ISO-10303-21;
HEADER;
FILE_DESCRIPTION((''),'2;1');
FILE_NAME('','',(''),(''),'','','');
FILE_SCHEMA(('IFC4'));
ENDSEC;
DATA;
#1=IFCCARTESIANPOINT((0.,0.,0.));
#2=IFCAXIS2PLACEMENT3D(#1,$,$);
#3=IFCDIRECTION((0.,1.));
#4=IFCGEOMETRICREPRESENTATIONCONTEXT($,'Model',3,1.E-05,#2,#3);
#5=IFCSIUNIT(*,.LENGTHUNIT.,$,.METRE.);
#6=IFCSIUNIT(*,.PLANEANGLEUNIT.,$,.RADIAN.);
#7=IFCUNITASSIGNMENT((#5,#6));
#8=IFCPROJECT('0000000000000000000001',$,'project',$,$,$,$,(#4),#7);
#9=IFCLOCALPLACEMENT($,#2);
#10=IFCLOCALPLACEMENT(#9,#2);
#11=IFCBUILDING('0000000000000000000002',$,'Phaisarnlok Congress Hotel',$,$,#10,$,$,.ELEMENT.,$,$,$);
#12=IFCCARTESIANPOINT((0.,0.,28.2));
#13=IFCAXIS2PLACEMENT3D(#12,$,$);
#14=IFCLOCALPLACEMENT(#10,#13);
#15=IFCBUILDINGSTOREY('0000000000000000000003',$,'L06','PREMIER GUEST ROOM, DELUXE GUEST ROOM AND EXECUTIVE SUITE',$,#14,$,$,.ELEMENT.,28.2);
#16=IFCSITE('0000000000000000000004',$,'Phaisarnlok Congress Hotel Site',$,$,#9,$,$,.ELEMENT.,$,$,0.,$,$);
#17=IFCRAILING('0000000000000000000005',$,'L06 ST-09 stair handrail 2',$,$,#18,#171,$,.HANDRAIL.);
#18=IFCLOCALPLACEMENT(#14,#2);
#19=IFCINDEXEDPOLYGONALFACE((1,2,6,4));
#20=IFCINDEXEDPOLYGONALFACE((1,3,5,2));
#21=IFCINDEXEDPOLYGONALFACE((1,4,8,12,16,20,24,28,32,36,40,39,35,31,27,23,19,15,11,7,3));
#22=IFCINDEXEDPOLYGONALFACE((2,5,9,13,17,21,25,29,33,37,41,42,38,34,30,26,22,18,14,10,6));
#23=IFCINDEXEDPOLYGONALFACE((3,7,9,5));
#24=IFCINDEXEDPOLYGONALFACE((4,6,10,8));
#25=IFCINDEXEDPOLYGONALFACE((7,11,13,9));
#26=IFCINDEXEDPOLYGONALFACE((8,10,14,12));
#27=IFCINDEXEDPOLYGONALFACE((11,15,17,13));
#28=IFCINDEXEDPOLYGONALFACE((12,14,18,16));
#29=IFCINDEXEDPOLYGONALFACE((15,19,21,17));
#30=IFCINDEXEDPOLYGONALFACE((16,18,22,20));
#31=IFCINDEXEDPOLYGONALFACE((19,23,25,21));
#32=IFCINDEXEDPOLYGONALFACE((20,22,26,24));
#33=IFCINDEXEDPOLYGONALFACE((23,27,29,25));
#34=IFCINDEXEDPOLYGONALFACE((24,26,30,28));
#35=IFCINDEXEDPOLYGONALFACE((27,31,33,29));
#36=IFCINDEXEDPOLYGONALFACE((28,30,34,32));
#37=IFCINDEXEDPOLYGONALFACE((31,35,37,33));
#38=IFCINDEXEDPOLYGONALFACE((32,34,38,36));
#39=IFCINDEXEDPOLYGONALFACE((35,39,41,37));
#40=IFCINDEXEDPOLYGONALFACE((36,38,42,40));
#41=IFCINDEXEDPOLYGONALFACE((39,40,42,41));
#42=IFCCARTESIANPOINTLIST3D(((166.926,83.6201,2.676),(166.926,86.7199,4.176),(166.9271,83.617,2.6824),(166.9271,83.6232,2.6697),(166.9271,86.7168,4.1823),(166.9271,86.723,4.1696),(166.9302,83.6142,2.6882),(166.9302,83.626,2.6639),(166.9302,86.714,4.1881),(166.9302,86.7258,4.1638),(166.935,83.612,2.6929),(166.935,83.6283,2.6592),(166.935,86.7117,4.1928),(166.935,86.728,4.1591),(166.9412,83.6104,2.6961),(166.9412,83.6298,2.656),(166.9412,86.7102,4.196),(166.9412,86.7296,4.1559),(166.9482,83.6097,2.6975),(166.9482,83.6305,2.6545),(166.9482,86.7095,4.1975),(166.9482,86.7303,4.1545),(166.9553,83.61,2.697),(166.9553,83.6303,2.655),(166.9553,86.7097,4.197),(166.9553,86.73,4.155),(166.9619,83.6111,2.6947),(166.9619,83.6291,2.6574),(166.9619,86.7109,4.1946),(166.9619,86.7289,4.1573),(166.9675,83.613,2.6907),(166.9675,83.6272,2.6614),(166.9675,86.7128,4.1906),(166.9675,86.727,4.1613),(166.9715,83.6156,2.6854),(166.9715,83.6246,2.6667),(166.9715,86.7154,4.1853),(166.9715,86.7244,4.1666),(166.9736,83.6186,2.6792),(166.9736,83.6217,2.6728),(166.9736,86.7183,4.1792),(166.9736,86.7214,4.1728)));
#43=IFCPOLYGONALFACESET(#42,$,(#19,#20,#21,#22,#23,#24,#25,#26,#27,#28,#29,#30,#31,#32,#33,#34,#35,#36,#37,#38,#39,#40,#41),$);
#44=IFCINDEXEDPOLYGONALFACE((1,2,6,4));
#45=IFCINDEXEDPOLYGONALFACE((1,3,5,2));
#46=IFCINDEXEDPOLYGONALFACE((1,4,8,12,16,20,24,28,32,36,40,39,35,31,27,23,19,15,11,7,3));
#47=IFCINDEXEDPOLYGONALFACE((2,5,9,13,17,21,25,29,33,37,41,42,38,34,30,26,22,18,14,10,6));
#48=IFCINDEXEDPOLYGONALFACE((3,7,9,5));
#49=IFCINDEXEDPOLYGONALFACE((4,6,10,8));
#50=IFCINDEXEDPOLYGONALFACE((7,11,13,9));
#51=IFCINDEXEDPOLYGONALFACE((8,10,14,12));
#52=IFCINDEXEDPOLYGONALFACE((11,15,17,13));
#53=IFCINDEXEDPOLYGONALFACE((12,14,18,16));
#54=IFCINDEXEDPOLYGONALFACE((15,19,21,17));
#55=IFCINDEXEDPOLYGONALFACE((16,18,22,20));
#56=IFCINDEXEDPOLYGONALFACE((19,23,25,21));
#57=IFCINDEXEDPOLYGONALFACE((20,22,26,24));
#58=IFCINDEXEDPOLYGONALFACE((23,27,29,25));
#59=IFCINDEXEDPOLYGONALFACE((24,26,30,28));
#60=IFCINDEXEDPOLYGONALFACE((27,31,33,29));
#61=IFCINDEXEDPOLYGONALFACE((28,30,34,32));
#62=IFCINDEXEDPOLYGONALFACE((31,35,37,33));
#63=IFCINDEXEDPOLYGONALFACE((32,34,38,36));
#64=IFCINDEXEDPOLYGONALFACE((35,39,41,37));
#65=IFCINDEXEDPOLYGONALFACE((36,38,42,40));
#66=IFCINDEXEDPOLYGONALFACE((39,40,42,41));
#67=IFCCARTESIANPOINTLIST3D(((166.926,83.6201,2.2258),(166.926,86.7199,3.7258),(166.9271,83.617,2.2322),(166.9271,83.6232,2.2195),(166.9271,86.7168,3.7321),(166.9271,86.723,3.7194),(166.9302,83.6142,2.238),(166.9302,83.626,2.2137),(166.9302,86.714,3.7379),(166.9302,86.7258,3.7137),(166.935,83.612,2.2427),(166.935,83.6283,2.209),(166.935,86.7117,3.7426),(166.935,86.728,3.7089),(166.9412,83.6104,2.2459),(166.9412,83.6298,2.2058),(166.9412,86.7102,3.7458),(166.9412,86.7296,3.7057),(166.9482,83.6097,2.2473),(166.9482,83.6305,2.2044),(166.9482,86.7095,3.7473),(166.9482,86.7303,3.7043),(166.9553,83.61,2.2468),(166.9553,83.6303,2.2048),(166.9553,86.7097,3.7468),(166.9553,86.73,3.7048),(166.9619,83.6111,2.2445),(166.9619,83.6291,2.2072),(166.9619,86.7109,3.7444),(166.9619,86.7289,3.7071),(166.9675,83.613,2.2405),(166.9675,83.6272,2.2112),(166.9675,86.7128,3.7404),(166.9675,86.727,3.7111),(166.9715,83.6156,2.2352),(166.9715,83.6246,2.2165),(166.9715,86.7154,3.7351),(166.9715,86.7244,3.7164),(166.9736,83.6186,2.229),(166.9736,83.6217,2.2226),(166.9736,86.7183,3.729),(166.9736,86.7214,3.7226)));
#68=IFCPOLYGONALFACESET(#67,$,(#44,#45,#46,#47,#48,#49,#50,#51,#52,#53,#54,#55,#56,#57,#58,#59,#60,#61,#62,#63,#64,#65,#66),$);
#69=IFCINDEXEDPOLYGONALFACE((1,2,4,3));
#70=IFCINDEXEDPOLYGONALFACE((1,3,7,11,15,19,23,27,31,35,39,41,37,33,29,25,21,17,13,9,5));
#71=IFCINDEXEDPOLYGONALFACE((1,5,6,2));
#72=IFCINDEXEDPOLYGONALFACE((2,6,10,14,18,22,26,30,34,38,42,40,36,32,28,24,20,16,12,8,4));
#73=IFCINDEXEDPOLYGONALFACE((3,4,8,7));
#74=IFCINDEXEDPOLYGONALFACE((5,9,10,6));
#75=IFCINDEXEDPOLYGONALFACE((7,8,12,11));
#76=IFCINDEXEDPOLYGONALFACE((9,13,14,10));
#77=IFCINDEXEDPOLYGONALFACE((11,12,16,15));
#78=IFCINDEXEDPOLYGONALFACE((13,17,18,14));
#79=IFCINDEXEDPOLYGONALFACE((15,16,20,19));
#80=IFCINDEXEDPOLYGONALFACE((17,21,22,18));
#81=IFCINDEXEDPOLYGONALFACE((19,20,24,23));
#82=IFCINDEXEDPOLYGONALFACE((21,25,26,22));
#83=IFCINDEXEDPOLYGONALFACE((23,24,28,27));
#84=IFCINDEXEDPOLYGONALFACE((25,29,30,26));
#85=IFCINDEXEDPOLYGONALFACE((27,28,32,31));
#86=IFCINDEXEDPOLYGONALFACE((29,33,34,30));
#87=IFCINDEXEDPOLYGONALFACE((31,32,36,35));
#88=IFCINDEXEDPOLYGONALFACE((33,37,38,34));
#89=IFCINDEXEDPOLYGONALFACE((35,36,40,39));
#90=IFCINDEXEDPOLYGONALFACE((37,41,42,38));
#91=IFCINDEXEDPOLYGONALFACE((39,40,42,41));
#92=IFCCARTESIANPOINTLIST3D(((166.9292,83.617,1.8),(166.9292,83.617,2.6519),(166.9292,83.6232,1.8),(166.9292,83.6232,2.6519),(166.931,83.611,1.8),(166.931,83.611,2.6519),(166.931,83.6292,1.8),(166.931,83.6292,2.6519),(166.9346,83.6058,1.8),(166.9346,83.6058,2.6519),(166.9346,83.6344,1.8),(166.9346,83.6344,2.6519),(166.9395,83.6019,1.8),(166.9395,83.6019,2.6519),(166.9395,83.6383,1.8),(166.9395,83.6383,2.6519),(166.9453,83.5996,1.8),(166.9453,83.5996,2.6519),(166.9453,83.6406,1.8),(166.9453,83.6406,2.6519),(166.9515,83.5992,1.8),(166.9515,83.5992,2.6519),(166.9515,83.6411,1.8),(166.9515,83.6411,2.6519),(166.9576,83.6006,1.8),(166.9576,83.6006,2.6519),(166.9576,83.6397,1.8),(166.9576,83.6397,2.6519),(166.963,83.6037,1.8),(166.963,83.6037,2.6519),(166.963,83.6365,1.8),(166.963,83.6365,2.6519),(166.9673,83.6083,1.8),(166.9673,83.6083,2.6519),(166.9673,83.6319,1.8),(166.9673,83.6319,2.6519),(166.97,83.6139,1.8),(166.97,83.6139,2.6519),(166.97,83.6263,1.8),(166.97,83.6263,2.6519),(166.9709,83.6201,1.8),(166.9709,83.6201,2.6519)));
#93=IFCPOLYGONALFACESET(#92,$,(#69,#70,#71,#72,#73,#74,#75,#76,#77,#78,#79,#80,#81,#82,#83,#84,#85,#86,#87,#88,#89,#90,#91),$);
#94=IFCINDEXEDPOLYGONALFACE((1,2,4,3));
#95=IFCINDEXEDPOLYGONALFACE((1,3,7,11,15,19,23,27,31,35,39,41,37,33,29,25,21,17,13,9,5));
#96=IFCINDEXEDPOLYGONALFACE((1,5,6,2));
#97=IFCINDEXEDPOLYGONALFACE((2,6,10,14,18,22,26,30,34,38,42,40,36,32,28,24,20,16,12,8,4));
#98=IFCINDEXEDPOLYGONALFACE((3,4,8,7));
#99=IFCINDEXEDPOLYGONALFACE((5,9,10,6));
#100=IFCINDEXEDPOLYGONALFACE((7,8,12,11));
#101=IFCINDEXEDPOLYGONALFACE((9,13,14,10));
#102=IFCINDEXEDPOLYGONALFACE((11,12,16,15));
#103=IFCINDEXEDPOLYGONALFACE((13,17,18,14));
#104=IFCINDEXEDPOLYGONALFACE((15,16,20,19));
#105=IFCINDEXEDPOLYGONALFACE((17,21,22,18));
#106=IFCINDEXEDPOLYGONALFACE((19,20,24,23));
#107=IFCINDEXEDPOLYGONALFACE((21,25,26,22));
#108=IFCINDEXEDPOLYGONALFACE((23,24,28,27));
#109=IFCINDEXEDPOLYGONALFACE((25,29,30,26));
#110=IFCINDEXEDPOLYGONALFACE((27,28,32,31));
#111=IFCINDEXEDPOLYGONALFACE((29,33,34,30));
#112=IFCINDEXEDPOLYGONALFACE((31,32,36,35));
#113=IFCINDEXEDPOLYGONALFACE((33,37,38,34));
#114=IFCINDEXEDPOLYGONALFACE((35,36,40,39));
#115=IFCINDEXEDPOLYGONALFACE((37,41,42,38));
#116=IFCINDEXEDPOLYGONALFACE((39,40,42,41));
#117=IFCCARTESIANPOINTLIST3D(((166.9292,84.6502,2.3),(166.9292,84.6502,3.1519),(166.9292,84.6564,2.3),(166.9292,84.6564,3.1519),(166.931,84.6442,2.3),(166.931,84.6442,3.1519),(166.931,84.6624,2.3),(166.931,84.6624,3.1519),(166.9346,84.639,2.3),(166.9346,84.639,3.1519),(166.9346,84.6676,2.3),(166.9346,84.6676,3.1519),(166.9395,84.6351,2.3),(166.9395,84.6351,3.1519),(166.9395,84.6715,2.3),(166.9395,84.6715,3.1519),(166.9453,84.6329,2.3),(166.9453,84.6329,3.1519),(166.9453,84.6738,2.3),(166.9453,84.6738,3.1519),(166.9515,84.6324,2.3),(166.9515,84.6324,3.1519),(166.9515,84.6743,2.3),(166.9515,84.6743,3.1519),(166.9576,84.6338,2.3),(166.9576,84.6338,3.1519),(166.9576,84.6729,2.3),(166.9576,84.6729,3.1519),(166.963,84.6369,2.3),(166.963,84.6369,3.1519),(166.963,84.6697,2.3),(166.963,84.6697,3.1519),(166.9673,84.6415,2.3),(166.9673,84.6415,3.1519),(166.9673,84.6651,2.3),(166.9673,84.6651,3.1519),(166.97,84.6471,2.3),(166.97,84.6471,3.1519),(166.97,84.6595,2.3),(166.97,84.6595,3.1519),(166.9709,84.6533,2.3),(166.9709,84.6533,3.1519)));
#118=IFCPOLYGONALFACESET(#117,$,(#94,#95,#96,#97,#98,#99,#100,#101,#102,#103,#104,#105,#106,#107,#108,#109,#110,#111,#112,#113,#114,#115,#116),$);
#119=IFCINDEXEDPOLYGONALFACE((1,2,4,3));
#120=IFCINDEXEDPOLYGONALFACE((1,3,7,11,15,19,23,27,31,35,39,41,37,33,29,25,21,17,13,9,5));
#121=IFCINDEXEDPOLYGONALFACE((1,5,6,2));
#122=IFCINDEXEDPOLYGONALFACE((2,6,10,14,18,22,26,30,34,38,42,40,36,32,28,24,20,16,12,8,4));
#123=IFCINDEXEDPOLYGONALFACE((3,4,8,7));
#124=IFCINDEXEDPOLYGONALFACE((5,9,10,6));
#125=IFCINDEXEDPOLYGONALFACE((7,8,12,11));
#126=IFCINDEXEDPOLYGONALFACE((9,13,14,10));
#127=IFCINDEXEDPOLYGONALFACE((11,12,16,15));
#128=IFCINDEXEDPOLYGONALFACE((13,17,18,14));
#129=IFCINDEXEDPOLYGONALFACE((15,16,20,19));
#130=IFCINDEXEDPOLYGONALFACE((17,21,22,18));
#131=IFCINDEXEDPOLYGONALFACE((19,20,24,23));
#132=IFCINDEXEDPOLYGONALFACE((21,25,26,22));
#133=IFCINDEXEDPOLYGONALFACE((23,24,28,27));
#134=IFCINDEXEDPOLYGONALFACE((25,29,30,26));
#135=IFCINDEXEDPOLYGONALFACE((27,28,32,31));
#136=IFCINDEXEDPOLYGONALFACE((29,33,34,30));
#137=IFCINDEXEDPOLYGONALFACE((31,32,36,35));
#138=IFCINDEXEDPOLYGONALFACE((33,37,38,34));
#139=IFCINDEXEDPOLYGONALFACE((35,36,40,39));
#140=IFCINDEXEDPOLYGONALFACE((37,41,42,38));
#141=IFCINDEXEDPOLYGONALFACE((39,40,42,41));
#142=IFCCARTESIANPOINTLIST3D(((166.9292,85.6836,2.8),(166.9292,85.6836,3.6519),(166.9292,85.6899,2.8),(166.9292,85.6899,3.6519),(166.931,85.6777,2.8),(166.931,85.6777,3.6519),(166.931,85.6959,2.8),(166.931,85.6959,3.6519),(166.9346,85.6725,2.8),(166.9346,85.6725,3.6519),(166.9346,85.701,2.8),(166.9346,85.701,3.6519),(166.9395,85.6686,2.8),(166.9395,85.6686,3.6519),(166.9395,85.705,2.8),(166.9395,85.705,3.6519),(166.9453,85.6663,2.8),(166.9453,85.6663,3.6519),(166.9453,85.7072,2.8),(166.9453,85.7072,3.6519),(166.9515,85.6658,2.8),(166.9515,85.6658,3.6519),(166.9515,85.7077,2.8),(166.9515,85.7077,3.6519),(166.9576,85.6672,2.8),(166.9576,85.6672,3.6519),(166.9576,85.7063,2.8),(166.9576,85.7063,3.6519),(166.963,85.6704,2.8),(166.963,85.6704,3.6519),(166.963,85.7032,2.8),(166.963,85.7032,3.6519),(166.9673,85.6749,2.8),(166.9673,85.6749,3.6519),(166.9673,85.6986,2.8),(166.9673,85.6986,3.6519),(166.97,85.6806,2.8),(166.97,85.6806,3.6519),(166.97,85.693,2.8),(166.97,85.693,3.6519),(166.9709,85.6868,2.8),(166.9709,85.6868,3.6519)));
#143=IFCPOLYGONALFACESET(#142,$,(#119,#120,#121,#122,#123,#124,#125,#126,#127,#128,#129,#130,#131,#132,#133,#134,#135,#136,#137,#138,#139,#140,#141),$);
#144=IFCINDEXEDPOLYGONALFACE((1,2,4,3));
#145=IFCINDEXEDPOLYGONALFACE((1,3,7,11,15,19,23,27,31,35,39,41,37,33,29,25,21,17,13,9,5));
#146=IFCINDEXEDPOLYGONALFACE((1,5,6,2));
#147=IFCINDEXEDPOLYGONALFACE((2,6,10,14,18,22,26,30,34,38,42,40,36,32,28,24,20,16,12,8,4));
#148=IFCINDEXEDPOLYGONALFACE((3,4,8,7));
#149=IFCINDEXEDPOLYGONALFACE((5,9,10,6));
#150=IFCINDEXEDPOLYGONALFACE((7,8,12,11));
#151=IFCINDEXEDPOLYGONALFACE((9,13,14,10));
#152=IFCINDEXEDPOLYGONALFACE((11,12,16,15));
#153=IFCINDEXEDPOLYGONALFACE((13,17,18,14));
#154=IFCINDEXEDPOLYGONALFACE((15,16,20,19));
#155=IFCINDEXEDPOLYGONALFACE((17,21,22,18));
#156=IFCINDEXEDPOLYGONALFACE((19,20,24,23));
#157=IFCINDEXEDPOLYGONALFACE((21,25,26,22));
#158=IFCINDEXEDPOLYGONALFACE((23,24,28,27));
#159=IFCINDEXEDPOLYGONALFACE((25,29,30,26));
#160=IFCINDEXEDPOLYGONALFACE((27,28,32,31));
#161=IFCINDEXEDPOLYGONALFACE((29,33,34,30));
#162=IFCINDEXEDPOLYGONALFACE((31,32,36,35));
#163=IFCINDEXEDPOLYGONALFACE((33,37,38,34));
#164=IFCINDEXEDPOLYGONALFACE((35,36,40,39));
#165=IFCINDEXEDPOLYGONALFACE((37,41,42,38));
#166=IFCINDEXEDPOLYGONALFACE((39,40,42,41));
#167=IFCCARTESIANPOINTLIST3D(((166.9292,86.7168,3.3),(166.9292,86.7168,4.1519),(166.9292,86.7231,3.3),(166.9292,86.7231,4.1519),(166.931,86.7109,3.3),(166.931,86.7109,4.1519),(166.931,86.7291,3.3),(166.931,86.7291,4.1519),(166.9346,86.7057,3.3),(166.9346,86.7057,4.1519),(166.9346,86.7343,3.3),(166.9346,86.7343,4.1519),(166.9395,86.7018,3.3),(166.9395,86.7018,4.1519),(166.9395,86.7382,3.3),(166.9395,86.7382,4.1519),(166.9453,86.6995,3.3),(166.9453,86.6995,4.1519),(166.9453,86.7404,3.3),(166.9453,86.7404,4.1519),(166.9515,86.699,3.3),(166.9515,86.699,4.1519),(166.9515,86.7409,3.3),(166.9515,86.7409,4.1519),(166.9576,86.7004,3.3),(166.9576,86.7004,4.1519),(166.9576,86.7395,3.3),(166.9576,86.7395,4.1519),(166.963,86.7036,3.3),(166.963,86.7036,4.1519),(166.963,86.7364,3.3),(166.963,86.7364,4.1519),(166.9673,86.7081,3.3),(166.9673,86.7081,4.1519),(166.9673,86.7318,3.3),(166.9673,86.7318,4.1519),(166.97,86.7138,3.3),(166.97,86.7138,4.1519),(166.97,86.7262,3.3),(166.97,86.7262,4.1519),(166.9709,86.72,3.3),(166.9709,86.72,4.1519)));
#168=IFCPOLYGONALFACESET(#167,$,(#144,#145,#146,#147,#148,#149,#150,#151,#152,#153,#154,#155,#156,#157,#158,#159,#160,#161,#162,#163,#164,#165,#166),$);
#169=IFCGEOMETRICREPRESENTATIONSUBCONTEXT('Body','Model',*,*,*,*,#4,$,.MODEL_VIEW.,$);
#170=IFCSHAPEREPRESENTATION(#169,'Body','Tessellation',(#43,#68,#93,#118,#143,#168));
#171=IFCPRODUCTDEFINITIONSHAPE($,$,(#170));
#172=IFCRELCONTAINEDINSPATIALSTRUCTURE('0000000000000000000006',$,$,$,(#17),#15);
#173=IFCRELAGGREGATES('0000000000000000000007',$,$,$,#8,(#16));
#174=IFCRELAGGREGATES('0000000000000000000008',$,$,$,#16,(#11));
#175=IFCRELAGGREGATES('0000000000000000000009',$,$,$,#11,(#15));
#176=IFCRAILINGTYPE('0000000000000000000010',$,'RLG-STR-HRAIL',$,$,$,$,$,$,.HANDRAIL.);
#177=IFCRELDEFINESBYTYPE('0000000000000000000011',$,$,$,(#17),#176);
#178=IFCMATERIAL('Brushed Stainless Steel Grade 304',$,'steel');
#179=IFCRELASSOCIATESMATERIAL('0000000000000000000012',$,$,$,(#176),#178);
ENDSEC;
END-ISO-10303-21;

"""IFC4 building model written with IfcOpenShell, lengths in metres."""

from ifc_helpers import new_model, si_unit, direction, frame, origin, origin_2d, place, context, subcontext, project, spatial, circle, extrude, material, type_object, element, save


model = new_model("IFC4")

# Units and contexts
model_context = context("Model", 3, precision=1e-05, world=origin(), true_north=direction((0.0, 1.0)))
body_context = subcontext(model_context, "Body", "Model", "MODEL_VIEW")
ifc_project = project(units=[si_unit("LENGTHUNIT", "METRE"), si_unit("PLANEANGLEUNIT", "RADIAN")], contexts=[model_context])

# Site, building, storey
site_placement = place(None, origin())
site = spatial("IfcSite", under=ifc_project, at=site_placement, Name="Phaisarnlok Congress Hotel Site", CompositionType="ELEMENT", RefElevation=0.0)
building_placement = place(site_placement, origin())
building = spatial("IfcBuilding", under=site, at=building_placement, Name="Phaisarnlok Congress Hotel", CompositionType="ELEMENT")
storey_placement = place(building_placement, frame((0.0, 0.0, 28.2)))
storey = spatial("IfcBuildingStorey", under=building, at=storey_placement, Name="L06", Description="PREMIER GUEST ROOM, DELUXE GUEST ROOM AND EXECUTIVE SUITE", CompositionType="ELEMENT", Elevation=28.2)

# Railing
ifc_material_1 = material(Name="Brushed Stainless Steel Grade 304", Category="steel")
railing_type_1 = type_object("IfcRailingType", Name="RLG-STR-HRAIL", PredefinedType="HANDRAIL", material=ifc_material_1)
railing_1_placement = place(storey_placement, frame((166.95, 83.6201, 1.8)))
element("IfcRailing", 1, at=railing_1_placement, inside=storey, type_object=railing_type_1, Name="L06 ST-09 stair handrail 2", PredefinedType="HANDRAIL", context=body_context, shape_type="SweptSolid", body=[
    extrude(circle(Radius=0.0239, at=origin_2d()), frame((0.0, 0.0, 0.876), z_axis=(0.0, 0.900151, 0.435578), x_axis=(-1.0, 0.0, 0.0)), (0.0, 0.0, 1.0), 3.4436),
    extrude(circle(Radius=0.0239, at=origin_2d()), frame((0.0, 0.0, 0.4258), z_axis=(0.0, 0.900151, 0.435578), x_axis=(-1.0, 0.0, 0.0)), (0.0, 0.0, 1.0), 3.4436),
    extrude(circle(Radius=0.021, at=origin_2d()), origin(), (0.0, 0.0, 1.0), 0.8518),
    extrude(circle(Radius=0.021, at=origin_2d()), frame((0.0, 1.0332, 0.5)), (0.0, 0.0, 1.0), 0.8518),
    extrude(circle(Radius=0.021, at=origin_2d()), frame((0.0, 2.0667, 1.0)), (0.0, 0.0, 1.0), 0.8518),
    extrude(circle(Radius=0.021, at=origin_2d()), frame((0.0, 3.0999, 1.5)), (0.0, 0.0, 1.0), 0.8518),
])

save(model, "model.ifc")
